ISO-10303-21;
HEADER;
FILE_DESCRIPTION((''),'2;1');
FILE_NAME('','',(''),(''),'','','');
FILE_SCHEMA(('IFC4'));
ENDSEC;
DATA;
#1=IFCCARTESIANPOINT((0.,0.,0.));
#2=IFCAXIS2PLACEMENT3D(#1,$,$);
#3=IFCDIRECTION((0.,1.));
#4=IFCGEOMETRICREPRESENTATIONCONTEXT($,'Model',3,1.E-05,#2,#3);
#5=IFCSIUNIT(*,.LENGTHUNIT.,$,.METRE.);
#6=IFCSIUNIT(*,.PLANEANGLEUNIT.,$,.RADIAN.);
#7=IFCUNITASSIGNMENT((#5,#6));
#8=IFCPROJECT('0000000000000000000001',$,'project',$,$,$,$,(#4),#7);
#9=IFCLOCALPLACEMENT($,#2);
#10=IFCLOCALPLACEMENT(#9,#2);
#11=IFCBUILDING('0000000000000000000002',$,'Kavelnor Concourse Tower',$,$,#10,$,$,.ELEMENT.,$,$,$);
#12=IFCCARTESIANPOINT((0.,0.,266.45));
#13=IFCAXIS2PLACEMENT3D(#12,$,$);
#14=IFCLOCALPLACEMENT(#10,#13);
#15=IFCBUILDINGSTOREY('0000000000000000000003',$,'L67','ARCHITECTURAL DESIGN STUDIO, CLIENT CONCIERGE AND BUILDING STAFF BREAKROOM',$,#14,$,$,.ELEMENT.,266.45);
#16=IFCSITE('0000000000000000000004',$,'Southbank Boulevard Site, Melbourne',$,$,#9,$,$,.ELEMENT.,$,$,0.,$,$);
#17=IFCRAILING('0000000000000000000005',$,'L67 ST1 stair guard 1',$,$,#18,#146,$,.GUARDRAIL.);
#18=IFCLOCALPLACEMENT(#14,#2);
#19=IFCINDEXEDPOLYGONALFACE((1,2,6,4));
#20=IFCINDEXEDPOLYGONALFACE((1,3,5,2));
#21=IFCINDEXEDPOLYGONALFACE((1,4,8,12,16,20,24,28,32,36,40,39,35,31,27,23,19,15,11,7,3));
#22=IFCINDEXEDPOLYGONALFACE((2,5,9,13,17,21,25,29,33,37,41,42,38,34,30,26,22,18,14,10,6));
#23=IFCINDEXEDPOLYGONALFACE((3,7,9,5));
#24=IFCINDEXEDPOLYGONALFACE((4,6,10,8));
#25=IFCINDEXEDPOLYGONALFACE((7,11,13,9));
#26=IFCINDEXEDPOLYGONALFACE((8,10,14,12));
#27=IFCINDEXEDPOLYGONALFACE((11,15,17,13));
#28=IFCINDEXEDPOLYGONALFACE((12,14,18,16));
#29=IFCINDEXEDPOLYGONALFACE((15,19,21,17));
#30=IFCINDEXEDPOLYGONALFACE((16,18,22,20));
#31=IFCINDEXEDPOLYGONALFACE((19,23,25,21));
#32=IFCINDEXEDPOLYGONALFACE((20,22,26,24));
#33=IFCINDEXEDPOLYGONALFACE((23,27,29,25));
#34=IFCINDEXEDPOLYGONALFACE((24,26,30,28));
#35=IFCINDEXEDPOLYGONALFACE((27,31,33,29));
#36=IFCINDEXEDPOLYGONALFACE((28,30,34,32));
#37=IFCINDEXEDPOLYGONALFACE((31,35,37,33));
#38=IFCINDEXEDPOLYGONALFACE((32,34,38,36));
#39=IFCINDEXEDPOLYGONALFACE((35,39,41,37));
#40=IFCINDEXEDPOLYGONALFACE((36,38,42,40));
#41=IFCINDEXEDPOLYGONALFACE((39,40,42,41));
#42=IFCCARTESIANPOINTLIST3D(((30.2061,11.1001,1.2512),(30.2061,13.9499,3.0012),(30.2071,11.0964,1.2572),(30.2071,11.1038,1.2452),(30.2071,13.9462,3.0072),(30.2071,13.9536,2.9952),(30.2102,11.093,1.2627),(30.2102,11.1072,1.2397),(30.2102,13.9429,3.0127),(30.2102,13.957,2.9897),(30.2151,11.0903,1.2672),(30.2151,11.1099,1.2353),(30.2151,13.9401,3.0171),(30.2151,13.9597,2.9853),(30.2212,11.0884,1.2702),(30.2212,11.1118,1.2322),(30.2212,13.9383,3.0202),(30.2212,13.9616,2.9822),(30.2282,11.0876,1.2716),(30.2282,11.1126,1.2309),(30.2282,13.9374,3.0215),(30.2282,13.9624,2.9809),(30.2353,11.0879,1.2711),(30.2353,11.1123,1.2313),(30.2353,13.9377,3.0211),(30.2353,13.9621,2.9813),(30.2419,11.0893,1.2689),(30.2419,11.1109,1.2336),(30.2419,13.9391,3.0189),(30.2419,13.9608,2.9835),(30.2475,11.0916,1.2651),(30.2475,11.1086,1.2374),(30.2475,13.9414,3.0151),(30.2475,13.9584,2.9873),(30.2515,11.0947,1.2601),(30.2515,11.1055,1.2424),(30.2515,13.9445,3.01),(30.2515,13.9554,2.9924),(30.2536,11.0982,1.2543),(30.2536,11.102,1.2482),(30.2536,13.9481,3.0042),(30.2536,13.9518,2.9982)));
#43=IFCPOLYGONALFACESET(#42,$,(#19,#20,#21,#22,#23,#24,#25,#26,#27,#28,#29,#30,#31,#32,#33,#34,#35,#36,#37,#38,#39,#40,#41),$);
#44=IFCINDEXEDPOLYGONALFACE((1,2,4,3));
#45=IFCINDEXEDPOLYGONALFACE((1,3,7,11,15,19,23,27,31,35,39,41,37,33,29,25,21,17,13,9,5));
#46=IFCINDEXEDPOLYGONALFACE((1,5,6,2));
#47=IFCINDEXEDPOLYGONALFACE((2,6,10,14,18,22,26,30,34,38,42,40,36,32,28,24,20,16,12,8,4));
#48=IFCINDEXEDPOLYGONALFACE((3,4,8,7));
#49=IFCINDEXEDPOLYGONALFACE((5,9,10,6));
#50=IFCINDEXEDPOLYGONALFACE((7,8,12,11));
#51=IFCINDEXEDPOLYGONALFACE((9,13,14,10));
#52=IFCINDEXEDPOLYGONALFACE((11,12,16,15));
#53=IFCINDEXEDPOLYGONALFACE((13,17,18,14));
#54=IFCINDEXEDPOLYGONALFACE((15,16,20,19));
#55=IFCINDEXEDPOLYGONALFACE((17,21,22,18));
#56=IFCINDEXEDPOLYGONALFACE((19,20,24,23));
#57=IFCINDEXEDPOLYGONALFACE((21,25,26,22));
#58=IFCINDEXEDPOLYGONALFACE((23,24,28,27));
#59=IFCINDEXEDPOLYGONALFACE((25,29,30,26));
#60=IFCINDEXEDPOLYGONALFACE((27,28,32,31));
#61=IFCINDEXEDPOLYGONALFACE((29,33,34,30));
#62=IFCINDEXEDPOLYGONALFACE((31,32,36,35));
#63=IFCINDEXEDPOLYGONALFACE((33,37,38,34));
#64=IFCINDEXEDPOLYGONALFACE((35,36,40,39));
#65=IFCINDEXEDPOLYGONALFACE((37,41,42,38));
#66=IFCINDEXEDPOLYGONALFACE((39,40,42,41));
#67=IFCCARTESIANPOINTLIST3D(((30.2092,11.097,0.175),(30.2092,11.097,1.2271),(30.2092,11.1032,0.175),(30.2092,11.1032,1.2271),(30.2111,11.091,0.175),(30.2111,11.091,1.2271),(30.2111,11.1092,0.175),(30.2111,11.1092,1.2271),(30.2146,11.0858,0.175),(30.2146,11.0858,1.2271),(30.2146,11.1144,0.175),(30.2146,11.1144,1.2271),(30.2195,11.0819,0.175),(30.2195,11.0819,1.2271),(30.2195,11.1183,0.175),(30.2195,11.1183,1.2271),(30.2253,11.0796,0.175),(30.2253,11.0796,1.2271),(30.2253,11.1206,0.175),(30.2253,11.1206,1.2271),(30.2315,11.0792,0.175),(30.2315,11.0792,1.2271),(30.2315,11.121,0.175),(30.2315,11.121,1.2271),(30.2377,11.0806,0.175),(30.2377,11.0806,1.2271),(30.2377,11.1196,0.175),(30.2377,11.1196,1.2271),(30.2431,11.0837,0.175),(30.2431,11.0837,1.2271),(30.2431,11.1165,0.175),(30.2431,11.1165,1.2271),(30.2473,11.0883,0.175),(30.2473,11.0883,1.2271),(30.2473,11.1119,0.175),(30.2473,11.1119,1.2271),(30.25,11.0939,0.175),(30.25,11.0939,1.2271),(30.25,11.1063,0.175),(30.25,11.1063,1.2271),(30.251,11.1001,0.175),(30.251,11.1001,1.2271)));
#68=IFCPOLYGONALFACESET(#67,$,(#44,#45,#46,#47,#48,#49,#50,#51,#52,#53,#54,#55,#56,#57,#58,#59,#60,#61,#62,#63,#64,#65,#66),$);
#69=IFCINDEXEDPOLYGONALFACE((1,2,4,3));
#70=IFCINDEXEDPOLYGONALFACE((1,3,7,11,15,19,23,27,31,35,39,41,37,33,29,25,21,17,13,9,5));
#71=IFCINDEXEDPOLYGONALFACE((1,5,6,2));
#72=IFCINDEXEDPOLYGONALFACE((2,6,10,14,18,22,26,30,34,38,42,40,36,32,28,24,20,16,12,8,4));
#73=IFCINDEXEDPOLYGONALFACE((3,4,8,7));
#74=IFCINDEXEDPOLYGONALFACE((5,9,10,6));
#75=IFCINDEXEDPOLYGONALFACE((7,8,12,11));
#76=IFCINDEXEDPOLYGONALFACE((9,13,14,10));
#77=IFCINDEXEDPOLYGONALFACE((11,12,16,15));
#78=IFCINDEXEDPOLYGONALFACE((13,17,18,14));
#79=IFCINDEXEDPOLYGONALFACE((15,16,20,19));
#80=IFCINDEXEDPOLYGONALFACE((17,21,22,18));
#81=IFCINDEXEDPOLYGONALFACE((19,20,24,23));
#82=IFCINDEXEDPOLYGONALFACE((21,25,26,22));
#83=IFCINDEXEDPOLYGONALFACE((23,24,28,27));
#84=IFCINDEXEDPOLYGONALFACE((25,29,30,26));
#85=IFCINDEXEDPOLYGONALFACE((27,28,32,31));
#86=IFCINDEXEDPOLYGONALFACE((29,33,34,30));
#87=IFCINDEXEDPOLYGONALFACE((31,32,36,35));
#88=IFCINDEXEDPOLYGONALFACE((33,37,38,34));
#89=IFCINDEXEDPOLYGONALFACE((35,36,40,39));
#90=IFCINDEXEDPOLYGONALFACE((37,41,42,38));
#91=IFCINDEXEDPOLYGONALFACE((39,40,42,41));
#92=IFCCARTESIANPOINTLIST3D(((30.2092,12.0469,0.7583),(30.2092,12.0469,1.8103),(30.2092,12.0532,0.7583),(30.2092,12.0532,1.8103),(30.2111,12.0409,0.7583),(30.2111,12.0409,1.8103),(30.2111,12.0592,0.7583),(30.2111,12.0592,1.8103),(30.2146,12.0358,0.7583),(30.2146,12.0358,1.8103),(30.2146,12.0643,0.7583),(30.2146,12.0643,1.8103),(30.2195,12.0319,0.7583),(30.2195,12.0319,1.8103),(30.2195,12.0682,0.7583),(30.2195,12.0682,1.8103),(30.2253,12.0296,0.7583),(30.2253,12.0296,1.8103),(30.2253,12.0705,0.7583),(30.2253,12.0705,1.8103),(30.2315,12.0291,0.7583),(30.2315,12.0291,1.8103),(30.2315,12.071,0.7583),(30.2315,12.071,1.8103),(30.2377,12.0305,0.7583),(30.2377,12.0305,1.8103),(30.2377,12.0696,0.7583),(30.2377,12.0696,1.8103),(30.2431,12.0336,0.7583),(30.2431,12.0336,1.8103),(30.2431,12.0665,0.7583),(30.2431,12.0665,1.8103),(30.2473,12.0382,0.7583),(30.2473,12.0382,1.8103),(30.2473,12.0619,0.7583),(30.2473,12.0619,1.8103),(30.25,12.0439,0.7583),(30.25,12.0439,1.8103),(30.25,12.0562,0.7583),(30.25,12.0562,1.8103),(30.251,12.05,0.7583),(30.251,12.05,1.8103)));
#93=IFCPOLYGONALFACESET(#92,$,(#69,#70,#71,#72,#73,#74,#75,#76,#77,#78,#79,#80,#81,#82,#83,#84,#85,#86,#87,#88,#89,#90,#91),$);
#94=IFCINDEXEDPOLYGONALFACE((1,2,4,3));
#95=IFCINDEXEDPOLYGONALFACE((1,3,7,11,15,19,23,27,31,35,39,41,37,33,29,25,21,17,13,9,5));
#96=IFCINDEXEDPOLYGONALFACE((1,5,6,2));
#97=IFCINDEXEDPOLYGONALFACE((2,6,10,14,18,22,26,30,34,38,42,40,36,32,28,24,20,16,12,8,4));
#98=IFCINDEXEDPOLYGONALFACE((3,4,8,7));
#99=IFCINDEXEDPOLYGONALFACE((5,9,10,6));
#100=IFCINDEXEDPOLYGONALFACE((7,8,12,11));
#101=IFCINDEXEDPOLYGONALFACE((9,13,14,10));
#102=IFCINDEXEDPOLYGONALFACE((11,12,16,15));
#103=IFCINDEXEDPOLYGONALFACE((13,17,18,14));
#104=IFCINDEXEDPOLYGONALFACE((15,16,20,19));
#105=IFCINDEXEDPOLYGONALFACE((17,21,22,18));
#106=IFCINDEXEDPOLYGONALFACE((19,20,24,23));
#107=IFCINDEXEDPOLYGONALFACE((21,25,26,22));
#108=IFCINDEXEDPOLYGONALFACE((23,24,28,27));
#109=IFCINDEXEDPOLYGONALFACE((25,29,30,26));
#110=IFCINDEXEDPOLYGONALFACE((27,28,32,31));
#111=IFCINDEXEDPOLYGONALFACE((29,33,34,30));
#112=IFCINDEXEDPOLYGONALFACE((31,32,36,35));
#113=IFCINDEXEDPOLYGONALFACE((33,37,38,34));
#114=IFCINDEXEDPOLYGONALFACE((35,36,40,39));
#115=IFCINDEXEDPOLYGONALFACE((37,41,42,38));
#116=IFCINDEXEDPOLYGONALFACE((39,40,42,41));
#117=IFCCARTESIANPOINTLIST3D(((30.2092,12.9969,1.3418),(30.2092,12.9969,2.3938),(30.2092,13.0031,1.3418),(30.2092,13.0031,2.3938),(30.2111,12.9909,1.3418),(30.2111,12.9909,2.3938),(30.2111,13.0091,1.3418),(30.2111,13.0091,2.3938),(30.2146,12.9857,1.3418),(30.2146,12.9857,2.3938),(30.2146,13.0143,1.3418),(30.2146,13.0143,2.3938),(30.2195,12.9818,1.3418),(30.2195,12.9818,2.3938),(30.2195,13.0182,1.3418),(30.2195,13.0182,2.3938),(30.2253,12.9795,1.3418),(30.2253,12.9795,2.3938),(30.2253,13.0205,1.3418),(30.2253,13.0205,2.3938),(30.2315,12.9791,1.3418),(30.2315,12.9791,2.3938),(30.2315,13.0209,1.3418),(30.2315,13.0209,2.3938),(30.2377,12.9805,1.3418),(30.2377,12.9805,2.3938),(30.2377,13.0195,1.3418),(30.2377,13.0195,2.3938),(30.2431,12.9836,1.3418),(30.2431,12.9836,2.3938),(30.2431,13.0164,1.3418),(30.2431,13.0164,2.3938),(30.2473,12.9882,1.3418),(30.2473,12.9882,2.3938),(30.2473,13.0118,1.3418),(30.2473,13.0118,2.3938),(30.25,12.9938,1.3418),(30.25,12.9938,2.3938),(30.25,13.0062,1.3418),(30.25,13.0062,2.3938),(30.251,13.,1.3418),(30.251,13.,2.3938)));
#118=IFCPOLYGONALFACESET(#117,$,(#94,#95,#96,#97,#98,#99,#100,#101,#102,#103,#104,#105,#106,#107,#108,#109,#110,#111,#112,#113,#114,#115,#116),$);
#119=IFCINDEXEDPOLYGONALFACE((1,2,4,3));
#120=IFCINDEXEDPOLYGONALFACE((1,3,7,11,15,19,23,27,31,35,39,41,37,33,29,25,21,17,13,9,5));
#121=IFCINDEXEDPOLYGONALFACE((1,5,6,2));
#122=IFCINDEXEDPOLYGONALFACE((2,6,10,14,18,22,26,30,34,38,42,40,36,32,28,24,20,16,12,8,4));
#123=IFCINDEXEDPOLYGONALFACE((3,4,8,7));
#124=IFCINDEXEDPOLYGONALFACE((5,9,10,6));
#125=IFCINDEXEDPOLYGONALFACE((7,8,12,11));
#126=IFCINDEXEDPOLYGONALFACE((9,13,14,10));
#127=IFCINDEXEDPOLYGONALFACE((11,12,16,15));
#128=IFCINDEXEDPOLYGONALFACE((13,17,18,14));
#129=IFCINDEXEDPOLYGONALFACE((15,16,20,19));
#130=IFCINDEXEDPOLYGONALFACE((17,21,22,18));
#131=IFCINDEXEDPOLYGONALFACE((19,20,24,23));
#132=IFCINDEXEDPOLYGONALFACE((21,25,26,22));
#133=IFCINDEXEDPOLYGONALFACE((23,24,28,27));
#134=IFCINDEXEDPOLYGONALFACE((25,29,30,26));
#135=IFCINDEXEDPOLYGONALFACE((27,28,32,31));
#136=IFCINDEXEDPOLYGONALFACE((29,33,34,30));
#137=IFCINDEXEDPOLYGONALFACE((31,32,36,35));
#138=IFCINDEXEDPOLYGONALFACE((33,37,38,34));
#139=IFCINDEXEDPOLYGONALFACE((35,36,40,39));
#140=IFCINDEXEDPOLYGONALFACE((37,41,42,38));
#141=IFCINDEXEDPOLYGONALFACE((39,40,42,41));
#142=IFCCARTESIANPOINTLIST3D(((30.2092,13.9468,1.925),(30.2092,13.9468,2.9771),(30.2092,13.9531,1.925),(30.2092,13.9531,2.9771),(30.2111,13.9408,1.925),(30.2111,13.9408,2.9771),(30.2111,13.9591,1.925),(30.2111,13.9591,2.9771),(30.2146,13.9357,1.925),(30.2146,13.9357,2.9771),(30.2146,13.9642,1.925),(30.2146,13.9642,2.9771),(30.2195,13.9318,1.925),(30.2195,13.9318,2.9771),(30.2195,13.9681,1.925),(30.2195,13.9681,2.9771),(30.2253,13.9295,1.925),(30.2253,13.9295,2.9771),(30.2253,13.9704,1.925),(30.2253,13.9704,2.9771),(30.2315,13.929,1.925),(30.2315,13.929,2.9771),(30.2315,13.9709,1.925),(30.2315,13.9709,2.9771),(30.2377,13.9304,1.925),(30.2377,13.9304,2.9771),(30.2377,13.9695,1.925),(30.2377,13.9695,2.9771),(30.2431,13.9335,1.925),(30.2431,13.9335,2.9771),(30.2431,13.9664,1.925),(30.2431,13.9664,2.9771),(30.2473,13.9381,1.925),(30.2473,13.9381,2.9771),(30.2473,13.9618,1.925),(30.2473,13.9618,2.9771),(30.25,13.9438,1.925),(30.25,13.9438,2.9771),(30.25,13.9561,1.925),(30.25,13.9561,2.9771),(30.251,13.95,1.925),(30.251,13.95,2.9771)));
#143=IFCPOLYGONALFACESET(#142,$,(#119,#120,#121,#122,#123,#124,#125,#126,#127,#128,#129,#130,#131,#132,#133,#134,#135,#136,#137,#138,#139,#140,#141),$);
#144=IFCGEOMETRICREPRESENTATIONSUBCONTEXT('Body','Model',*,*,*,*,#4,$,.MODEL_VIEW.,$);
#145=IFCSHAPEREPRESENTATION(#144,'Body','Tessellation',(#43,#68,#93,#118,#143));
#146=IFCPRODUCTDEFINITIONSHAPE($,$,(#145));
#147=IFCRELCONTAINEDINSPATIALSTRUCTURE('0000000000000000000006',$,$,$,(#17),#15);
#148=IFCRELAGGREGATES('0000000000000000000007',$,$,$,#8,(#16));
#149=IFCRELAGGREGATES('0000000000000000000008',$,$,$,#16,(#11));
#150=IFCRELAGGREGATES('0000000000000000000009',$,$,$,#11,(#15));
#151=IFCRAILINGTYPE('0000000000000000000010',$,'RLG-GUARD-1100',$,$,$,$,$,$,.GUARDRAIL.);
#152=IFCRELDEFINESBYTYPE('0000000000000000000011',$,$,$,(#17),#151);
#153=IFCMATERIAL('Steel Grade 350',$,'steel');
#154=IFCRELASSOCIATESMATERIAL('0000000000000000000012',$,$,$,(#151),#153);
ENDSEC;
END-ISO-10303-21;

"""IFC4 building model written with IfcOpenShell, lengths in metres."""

from ifc_helpers import new_model, si_unit, direction, frame, origin, origin_2d, place, context, subcontext, project, spatial, circle, extrude, material, type_object, element, save


model = new_model("IFC4")

# Units and contexts
model_context = context("Model", 3, precision=1e-05, world=origin(), true_north=direction((0.0, 1.0)))
body_context = subcontext(model_context, "Body", "Model", "MODEL_VIEW")
ifc_project = project(units=[si_unit("LENGTHUNIT", "METRE"), si_unit("PLANEANGLEUNIT", "RADIAN")], contexts=[model_context])

# Site, building, storey
site_placement = place(None, origin())
site = spatial("IfcSite", under=ifc_project, at=site_placement, Name="Southbank Boulevard Site, Melbourne", CompositionType="ELEMENT", RefElevation=0.0)
building_placement = place(site_placement, origin())
building = spatial("IfcBuilding", under=site, at=building_placement, Name="Kavelnor Concourse Tower", CompositionType="ELEMENT")
storey_placement = place(building_placement, frame((0.0, 0.0, 266.45)))
storey = spatial("IfcBuildingStorey", under=building, at=storey_placement, Name="L67", Description="ARCHITECTURAL DESIGN STUDIO, CLIENT CONCIERGE AND BUILDING STAFF BREAKROOM", CompositionType="ELEMENT", Elevation=266.45)

# Shared definitions
ifc_material_1 = material(Name="Steel Grade 350", Category="steel")

# Railing
railing_type_1 = type_object("IfcRailingType", Name="RLG-GUARD-1100", PredefinedType="GUARDRAIL", material=ifc_material_1)
railing_1_placement = place(storey_placement, frame((30.23, 11.1001, 0.175)))
element("IfcRailing", 1, at=railing_1_placement, inside=storey, type_object=railing_type_1, Name="L67 ST1 stair guard 1", PredefinedType="GUARDRAIL", context=body_context, shape_type="SweptSolid", body=[
    extrude(circle(Radius=0.0239, at=origin_2d()), frame((0.0, 0.0, 1.0762), z_axis=(0.0, 0.852159, 0.523283), x_axis=(-1.0, 0.0, 0.0)), (0.0, 0.0, 1.0), 3.3442),
    extrude(circle(Radius=0.021, at=origin_2d()), origin(), (0.0, 0.0, 1.0), 1.052),
    extrude(circle(Radius=0.021, at=origin_2d()), frame((0.0, 0.95, 0.5833)), (0.0, 0.0, 1.0), 1.052),
    extrude(circle(Radius=0.021, at=origin_2d()), frame((0.0, 1.8999, 1.1667)), (0.0, 0.0, 1.0), 1.052),
    extrude(circle(Radius=0.021, at=origin_2d()), frame((0.0, 2.8499, 1.75)), (0.0, 0.0, 1.0), 1.052),
])

save(model, "model.ifc")
